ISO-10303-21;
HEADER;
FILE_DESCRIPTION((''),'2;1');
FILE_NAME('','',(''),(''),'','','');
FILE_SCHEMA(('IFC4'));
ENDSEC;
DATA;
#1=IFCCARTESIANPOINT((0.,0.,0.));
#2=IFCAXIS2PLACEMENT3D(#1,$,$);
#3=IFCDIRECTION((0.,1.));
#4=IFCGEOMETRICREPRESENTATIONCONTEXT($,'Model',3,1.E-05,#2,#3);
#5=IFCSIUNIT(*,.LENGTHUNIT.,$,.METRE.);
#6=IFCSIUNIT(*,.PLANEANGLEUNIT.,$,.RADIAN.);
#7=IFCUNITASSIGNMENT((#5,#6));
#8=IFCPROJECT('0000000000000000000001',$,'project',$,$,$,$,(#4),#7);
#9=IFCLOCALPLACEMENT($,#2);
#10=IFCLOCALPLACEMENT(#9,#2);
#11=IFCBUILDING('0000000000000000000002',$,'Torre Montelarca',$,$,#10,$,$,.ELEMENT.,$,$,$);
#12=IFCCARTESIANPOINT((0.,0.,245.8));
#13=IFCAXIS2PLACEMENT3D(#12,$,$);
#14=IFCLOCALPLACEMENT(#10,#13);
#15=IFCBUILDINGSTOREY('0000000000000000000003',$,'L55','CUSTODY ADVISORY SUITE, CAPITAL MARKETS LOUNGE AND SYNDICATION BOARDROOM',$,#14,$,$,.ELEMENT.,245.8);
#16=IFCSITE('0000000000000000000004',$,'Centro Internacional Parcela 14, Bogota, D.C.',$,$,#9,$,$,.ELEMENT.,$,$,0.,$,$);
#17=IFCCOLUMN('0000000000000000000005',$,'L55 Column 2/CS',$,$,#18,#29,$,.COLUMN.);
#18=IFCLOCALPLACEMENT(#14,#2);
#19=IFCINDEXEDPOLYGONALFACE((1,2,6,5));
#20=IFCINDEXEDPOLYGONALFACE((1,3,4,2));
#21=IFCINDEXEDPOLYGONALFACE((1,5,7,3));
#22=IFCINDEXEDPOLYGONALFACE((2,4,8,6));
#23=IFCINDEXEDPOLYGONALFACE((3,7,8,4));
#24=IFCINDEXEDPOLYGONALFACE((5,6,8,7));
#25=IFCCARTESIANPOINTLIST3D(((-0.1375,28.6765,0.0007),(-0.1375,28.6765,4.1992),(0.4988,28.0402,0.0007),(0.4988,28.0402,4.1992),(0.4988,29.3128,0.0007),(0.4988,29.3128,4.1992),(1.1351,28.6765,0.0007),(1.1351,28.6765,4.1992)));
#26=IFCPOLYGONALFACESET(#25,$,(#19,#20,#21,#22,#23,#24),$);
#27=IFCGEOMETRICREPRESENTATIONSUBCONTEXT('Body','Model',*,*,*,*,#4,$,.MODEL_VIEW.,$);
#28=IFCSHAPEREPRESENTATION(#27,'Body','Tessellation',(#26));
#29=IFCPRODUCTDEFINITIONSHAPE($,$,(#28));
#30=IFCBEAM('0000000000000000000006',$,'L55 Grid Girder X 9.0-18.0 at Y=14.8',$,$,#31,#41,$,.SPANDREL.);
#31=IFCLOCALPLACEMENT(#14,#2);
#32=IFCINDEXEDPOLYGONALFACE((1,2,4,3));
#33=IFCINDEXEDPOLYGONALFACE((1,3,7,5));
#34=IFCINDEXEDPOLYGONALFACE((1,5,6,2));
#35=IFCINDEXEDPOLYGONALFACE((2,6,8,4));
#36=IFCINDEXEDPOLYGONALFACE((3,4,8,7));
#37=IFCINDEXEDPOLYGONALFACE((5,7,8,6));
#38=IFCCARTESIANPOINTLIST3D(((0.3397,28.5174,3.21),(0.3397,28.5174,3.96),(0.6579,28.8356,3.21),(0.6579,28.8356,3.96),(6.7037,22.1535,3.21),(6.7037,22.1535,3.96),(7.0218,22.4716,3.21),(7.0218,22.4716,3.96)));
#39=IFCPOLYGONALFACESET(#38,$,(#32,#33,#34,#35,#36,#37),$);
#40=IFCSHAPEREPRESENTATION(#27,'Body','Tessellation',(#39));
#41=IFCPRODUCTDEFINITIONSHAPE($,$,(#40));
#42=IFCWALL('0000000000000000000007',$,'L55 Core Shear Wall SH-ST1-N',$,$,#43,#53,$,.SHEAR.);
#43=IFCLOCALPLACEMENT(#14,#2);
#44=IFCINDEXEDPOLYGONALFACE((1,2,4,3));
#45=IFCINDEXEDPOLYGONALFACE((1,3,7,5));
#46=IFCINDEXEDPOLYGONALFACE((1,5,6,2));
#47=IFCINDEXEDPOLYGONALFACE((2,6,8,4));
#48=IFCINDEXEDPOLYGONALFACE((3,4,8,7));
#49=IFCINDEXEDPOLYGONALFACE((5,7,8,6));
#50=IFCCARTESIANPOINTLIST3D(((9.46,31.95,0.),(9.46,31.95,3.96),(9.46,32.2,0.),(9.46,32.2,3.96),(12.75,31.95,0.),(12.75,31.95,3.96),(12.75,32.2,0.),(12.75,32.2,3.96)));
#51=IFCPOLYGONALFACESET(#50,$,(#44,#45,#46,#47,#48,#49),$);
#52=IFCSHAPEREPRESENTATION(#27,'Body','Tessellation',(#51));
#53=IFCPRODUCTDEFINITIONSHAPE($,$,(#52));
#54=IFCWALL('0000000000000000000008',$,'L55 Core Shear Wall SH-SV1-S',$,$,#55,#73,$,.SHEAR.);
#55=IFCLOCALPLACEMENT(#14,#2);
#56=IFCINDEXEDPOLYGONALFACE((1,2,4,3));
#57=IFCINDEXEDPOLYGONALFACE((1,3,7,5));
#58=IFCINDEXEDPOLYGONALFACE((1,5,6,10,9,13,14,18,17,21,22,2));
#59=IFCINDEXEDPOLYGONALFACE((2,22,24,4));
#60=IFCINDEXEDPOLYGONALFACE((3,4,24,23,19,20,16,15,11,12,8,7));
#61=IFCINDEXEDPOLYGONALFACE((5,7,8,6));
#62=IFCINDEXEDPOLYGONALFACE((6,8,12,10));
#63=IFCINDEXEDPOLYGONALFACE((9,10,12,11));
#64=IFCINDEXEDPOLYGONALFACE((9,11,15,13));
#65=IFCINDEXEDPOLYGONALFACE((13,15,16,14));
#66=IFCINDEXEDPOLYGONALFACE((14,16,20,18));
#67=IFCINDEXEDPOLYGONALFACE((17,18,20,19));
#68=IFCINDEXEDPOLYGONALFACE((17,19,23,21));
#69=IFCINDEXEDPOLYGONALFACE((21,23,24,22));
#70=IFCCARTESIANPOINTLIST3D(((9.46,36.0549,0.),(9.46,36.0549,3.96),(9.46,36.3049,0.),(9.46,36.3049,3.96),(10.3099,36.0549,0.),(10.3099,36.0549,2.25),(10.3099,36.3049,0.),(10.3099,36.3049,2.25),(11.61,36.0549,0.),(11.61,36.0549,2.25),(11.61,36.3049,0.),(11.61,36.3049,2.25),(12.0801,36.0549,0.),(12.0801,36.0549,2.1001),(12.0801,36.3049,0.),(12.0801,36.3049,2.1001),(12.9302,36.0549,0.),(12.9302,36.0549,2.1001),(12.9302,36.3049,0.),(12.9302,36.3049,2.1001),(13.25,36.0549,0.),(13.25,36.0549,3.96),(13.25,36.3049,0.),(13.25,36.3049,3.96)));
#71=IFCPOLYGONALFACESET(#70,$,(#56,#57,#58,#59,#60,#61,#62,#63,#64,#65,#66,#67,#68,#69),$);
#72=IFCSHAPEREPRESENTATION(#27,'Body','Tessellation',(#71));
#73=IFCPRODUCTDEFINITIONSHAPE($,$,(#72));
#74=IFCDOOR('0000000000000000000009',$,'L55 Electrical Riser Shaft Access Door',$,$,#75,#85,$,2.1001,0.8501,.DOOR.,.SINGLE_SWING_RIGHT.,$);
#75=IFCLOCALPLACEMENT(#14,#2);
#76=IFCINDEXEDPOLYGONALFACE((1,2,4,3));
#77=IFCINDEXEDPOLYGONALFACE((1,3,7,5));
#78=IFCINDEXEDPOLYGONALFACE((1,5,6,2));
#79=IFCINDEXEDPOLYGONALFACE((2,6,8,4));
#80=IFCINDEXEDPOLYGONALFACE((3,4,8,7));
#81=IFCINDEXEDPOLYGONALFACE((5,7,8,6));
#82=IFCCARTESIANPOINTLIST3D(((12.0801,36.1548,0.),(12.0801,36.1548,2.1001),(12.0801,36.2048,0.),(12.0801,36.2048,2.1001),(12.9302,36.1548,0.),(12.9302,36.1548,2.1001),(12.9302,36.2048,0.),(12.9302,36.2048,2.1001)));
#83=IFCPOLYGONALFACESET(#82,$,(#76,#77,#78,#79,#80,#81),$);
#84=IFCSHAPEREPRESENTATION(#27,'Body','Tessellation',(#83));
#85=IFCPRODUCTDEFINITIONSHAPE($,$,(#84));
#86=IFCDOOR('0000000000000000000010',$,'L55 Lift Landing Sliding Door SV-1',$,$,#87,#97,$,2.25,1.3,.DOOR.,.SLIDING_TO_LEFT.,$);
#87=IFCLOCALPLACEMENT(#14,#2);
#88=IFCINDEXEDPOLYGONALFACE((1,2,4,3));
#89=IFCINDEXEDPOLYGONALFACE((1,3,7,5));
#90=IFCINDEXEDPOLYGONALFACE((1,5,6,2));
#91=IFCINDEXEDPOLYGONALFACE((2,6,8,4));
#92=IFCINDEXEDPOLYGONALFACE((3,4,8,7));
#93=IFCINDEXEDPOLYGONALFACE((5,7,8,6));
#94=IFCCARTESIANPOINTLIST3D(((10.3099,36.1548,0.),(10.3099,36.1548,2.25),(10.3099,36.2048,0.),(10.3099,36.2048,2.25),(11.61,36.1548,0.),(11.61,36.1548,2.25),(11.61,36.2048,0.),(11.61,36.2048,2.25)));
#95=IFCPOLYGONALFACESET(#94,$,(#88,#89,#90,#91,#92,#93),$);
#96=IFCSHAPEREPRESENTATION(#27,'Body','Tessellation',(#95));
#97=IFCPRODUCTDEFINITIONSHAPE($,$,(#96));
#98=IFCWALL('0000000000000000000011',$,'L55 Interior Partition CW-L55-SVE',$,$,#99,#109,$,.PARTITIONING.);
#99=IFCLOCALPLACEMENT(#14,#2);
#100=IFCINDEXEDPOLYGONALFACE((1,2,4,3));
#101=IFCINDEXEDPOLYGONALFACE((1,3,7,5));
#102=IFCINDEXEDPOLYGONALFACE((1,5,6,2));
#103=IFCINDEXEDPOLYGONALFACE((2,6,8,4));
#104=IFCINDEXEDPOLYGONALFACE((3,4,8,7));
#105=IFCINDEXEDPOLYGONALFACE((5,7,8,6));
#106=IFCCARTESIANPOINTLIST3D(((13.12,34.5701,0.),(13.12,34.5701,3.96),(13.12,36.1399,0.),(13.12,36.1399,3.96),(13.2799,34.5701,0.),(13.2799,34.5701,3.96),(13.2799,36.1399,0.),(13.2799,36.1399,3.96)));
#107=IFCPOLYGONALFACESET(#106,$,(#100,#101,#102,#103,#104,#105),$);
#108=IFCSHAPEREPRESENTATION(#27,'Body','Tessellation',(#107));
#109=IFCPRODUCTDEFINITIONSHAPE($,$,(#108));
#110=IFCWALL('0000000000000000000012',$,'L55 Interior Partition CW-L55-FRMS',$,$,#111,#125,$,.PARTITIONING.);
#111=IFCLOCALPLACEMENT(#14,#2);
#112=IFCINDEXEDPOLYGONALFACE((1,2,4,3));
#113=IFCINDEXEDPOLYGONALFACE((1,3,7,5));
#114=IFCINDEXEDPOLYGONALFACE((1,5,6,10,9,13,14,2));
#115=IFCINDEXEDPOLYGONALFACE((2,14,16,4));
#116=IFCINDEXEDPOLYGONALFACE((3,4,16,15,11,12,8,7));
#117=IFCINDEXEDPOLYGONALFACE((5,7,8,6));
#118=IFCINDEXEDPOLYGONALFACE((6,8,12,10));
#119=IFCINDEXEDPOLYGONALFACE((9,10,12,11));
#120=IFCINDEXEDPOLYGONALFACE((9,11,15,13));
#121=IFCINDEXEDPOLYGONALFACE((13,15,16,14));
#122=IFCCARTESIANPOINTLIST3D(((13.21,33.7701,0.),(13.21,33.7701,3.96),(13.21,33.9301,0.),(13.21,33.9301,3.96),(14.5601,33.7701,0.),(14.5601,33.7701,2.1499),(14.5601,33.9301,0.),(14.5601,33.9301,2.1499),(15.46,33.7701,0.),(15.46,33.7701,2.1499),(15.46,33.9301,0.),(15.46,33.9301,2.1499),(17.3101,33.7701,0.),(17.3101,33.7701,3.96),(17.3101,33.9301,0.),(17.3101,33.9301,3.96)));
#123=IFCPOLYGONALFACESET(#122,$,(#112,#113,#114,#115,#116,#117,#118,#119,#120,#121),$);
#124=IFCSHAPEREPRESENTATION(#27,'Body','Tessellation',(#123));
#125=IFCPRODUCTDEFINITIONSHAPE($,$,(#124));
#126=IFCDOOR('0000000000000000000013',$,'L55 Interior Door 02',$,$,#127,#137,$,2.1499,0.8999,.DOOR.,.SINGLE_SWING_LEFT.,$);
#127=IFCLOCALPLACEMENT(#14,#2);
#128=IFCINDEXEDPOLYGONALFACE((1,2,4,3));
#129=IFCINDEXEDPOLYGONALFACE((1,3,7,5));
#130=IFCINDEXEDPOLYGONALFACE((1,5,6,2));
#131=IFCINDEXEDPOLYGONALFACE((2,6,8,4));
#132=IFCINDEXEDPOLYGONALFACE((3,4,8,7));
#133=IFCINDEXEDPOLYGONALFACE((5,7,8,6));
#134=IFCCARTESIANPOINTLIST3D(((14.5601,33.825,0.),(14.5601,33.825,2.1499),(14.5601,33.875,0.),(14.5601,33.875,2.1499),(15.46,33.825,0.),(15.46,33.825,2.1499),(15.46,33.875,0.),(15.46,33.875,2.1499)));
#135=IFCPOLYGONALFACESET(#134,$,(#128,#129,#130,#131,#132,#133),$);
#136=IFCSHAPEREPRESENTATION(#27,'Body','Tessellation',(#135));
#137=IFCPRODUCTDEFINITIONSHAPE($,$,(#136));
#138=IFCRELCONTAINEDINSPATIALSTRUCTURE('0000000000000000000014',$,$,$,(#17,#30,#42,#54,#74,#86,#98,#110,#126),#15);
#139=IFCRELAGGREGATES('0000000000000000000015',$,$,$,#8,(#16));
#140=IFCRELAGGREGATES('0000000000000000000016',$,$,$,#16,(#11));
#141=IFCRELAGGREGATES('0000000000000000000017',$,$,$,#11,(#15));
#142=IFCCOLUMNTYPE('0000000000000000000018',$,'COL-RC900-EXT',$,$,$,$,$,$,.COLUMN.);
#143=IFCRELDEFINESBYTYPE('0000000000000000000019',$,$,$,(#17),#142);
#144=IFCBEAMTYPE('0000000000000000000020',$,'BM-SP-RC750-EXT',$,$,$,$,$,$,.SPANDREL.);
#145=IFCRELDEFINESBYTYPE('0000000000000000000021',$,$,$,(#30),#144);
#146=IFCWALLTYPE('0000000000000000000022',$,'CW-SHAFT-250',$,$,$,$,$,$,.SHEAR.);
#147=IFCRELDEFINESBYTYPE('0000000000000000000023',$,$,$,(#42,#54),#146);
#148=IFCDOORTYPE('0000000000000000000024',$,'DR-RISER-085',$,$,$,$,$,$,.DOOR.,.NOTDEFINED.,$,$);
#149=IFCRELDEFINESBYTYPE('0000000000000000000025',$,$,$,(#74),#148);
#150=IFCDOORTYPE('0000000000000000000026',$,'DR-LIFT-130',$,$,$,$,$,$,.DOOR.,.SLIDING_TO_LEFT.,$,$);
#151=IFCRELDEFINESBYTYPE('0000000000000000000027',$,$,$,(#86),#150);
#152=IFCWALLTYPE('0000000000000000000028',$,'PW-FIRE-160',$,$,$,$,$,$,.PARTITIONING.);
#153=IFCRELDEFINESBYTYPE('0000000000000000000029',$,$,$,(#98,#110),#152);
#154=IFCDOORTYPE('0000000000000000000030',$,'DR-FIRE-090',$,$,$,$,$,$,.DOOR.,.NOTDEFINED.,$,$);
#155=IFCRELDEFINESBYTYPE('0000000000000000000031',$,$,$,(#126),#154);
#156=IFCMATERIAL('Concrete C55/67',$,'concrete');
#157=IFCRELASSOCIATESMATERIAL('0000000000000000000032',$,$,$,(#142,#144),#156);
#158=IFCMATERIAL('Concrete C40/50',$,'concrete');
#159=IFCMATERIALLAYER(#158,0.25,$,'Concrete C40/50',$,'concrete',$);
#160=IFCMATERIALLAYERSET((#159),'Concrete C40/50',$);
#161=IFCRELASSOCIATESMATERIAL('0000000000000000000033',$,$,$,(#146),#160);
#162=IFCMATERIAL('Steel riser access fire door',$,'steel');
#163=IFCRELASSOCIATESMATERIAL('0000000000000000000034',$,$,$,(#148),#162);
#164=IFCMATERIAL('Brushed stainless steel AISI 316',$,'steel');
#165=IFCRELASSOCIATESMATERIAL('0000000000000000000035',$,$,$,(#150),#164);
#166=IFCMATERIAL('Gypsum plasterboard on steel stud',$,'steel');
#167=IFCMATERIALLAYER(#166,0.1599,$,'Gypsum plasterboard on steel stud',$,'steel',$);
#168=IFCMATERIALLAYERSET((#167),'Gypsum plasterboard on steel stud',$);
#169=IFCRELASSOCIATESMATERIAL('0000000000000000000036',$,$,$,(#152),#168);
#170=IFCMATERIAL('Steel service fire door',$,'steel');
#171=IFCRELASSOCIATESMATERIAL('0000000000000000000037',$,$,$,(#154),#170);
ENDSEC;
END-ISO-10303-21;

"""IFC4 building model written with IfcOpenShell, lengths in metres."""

from ifc_helpers import new_model, si_unit, direction, frame, frame_2d, origin, origin_2d, place, context, subcontext, project, spatial, rectangle, extrude, source, transform, mapped, material, layer, layer_set, material_profile, profile_set, type_object, element, fill, save


model = new_model("IFC4")

# Units and contexts
model_context = context("Model", 3, precision=1e-05, world=origin(), true_north=direction((0.0, 1.0)))
body_context = subcontext(model_context, "Body", "Model", "MODEL_VIEW")
ifc_project = project(units=[si_unit("LENGTHUNIT", "METRE"), si_unit("PLANEANGLEUNIT", "RADIAN")], contexts=[model_context])

# Site, building, storey
site_placement = place(None, origin())
site = spatial("IfcSite", under=ifc_project, at=site_placement, Name="Centro Internacional Parcela 14, Bogota, D.C.", CompositionType="ELEMENT", RefElevation=0.0)
building_placement = place(site_placement, origin())
building = spatial("IfcBuilding", under=site, at=building_placement, Name="Torre Montelarca", CompositionType="ELEMENT")
storey_placement = place(building_placement, frame((0.0, 0.0, 245.8)))
storey = spatial("IfcBuildingStorey", under=building, at=storey_placement, Name="L55", Description="CUSTODY ADVISORY SUITE, CAPITAL MARKETS LOUNGE AND SYNDICATION BOARDROOM", CompositionType="ELEMENT", Elevation=245.8)

# Column
ifc_material_1 = material(Name="Concrete C55/67", Category="concrete")
ifc_material_profile_1 = material_profile(ifc_material_1, rectangle(XDim=0.8999, YDim=0.8999, at=origin_2d()), Name="RC900X900", Category="concrete")
ifc_profile_set_1 = profile_set([ifc_material_profile_1], Name="Concrete C55/67")
column_type = type_object("IfcColumnType", Name="COL-RC900-EXT", PredefinedType="COLUMN", material=ifc_profile_set_1)
shared_shape_1 = source(origin(), body_context, "Body", "SweptSolid", [
    extrude(rectangle(XDim=0.8999, YDim=0.8999, at=origin_2d()), origin(), (0.0, 0.0, 1.0), 4.1985),
])
column_placement = place(storey_placement, frame((0.4988, 28.6765, 0.0007), z_axis=(0.0, 0.0, 1.0), x_axis=(-0.707107, 0.707107, 0.0)))
element("IfcColumn", 1, at=column_placement, inside=storey, type_object=column_type, Name="L55 Column 2/CS", PredefinedType="COLUMN", context=body_context, shape_type="MappedRepresentation", body=[
    mapped(shared_shape_1, transform((0.0, 0.0, 0.0), scale=1.0)),
])

# Beam
ifc_material_profile_2 = material_profile(ifc_material_1, rectangle(XDim=0.45, YDim=0.75, at=origin_2d()), Name="RCB450X750", Category="concrete")
ifc_profile_set_2 = profile_set([ifc_material_profile_2], Name="Concrete C55/67")
beam_type = type_object("IfcBeamType", Name="BM-SP-RC750-EXT", PredefinedType="SPANDREL", material=ifc_profile_set_2)
shared_shape_2 = source(origin(), body_context, "Body", "SweptSolid", [
    extrude(rectangle(XDim=0.45, YDim=0.75, at=origin_2d()), origin(), (0.0, 0.0, 1.0), 9.0),
])
beam_placement = place(storey_placement, frame((0.4988, 28.6765, 3.585), z_axis=(0.707107, -0.707107, 0.0), x_axis=(0.707107, 0.707107, 0.0)))
element("IfcBeam", 2, at=beam_placement, inside=storey, type_object=beam_type, Name="L55 Grid Girder X 9.0-18.0 at Y=14.8", PredefinedType="SPANDREL", context=body_context, shape_type="MappedRepresentation", body=[
    mapped(shared_shape_2, transform((0.0, 0.0, 0.0), scale=1.0)),
])

# Wall
ifc_material_2 = material(Name="Concrete C40/50", Category="concrete")
ifc_layer_1 = layer(ifc_material_2, 0.25, Name="Concrete C40/50", Category="concrete")
ifc_layer_set_1 = layer_set([ifc_layer_1], Name="Concrete C40/50")
wall_type_1 = type_object("IfcWallType", Name="CW-SHAFT-250", PredefinedType="SHEAR", material=ifc_layer_set_1)
wall_1_placement = place(storey_placement, frame((9.46, 32.075, 0.0), z_axis=(0.0, 0.0, 1.0), x_axis=(1.0, 0.0, 0.0)))
element("IfcWall", 3, at=wall_1_placement, inside=storey, type_object=wall_type_1, Name="L55 Core Shear Wall SH-ST1-N", PredefinedType="SHEAR", context=body_context, shape_type="SweptSolid", body=[
    extrude(rectangle(XDim=3.29, YDim=0.25, at=frame_2d((1.645, 0.0))), origin(), (0.0, 0.0, 1.0), 3.96),
])

# Wall, openings, doors
wall_2_placement = place(storey_placement, frame((9.46, 36.1799, 0.0), z_axis=(0.0, 0.0, 1.0), x_axis=(1.0, 0.0, 0.0)))
wall_2 = element("IfcWall", 4, at=wall_2_placement, inside=storey, type_object=wall_type_1, Name="L55 Core Shear Wall SH-SV1-S", PredefinedType="SHEAR", context=body_context, shape_type="SweptSolid", body=[
    extrude(rectangle(XDim=3.79, YDim=0.25, at=frame_2d((1.895, 0.0))), origin(), (0.0, 0.0, 1.0), 3.96),
])
opening_1_placement = place(wall_2_placement, frame((2.6201, 0.0, 0.0)))
opening_1 = element("IfcOpeningElement", 5, at=opening_1_placement, cuts=wall_2, PredefinedType="OPENING", context=body_context, shape_type="SweptSolid", body=[
    extrude(rectangle(XDim=0.8501, YDim=2.1001, at=frame_2d((0.425, 1.05))), frame((0.0, 0.135, 0.0), z_axis=(0.0, -1.0, 0.0), x_axis=(1.0, 0.0, 0.0)), (0.0, 0.0, 1.0), 0.27),
])
opening_2_placement = place(wall_2_placement, frame((0.8501, 0.0, 0.0)))
opening_2 = element("IfcOpeningElement", 6, at=opening_2_placement, cuts=wall_2, PredefinedType="OPENING", context=body_context, shape_type="SweptSolid", body=[
    extrude(rectangle(XDim=1.3, YDim=2.25, at=frame_2d((0.6499, 1.125))), frame((0.0, 0.135, 0.0), z_axis=(0.0, -1.0, 0.0), x_axis=(1.0, 0.0, 0.0)), (0.0, 0.0, 1.0), 0.27),
])
ifc_material_3 = material(Name="Steel riser access fire door", Category="steel")
door_type_1 = type_object("IfcDoorType", Name="DR-RISER-085", OperationType="NOTDEFINED", PredefinedType="DOOR", material=ifc_material_3)
shared_shape_3 = source(origin(), body_context, "Body", "SweptSolid", [
    extrude(rectangle(XDim=0.8501, YDim=2.1001, at=frame_2d((0.425, 1.05))), frame((0.0, 0.0249, 0.0), z_axis=(0.0, -1.0, 0.0), x_axis=(1.0, 0.0, 0.0)), (0.0, 0.0, 1.0), 0.05),
])
door_1_placement = place(opening_1_placement, origin())
door_1 = element("IfcDoor", 7, at=door_1_placement, inside=storey, type_object=door_type_1, Name="L55 Electrical Riser Shaft Access Door", OperationType="SINGLE_SWING_RIGHT", OverallHeight=2.1001, OverallWidth=0.8501, PredefinedType="DOOR", context=body_context, shape_type="MappedRepresentation", body=[
    mapped(shared_shape_3, transform((0.0, 0.0, 0.0), scale=1.0)),
])
fill(opening_1, door_1)
ifc_material_4 = material(Name="Brushed stainless steel AISI 316", Category="steel")
door_type_2 = type_object("IfcDoorType", Name="DR-LIFT-130", OperationType="SLIDING_TO_LEFT", PredefinedType="DOOR", material=ifc_material_4)
shared_shape_4 = source(origin(), body_context, "Body", "SweptSolid", [
    extrude(rectangle(XDim=1.3, YDim=2.25, at=frame_2d((0.6499, 1.125))), frame((0.0, 0.0249, 0.0), z_axis=(0.0, -1.0, 0.0), x_axis=(1.0, 0.0, 0.0)), (0.0, 0.0, 1.0), 0.05),
])
door_2_placement = place(opening_2_placement, origin())
door_2 = element("IfcDoor", 8, at=door_2_placement, inside=storey, type_object=door_type_2, Name="L55 Lift Landing Sliding Door SV-1", OperationType="SLIDING_TO_LEFT", OverallHeight=2.25, OverallWidth=1.3, PredefinedType="DOOR", context=body_context, shape_type="MappedRepresentation", body=[
    mapped(shared_shape_4, transform((0.0, 0.0, 0.0), scale=1.0)),
])
fill(opening_2, door_2)

# Shared definitions
ifc_material_5 = material(Name="Gypsum plasterboard on steel stud", Category="steel")
ifc_layer_2 = layer(ifc_material_5, 0.1599, Name="Gypsum plasterboard on steel stud", Category="steel")
ifc_layer_set_2 = layer_set([ifc_layer_2], Name="Gypsum plasterboard on steel stud")
wall_type_2 = type_object("IfcWallType", Name="PW-FIRE-160", PredefinedType="PARTITIONING", material=ifc_layer_set_2)
ifc_material_6 = material(Name="Steel service fire door", Category="steel")
door_type_3 = type_object("IfcDoorType", Name="DR-FIRE-090", OperationType="NOTDEFINED", PredefinedType="DOOR", material=ifc_material_6)
shared_shape_5 = source(origin(), body_context, "Body", "SweptSolid", [
    extrude(rectangle(XDim=0.8999, YDim=2.1499, at=frame_2d((0.45, 1.075))), frame((0.0, 0.0249, 0.0), z_axis=(0.0, -1.0, 0.0), x_axis=(1.0, 0.0, 0.0)), (0.0, 0.0, 1.0), 0.05),
])

# Wall
wall_3_placement = place(storey_placement, frame((13.2, 34.5701, 0.0), z_axis=(0.0, 0.0, 1.0), x_axis=(0.0, 1.0, 0.0)))
element("IfcWall", 9, at=wall_3_placement, inside=storey, type_object=wall_type_2, Name="L55 Interior Partition CW-L55-SVE", PredefinedType="PARTITIONING", context=body_context, shape_type="SweptSolid", body=[
    extrude(rectangle(XDim=1.5698, YDim=0.1599, at=frame_2d((0.7849, 0.0))), origin(), (0.0, 0.0, 1.0), 3.96),
])

# Wall, opening, door
wall_4_placement = place(storey_placement, frame((13.21, 33.8501, 0.0), z_axis=(0.0, 0.0, 1.0), x_axis=(1.0, 0.0, 0.0)))
wall_4 = element("IfcWall", 10, at=wall_4_placement, inside=storey, type_object=wall_type_2, Name="L55 Interior Partition CW-L55-FRMS", PredefinedType="PARTITIONING", context=body_context, shape_type="SweptSolid", body=[
    extrude(rectangle(XDim=4.1001, YDim=0.1599, at=frame_2d((2.05, 0.0))), origin(), (0.0, 0.0, 1.0), 3.96),
])
opening_3_placement = place(wall_4_placement, frame((1.3501, 0.0, 0.0)))
opening_3 = element("IfcOpeningElement", 11, at=opening_3_placement, cuts=wall_4, PredefinedType="OPENING", context=body_context, shape_type="SweptSolid", body=[
    extrude(rectangle(XDim=0.8999, YDim=2.1499, at=frame_2d((0.45, 1.075))), frame((0.0, 0.0898, 0.0), z_axis=(0.0, -1.0, 0.0), x_axis=(1.0, 0.0, 0.0)), (0.0, 0.0, 1.0), 0.1799),
])
door_3_placement = place(opening_3_placement, origin())
door_3 = element("IfcDoor", 12, at=door_3_placement, inside=storey, type_object=door_type_3, Name="L55 Interior Door 02", OperationType="SINGLE_SWING_LEFT", OverallHeight=2.1499, OverallWidth=0.8999, PredefinedType="DOOR", context=body_context, shape_type="MappedRepresentation", body=[
    mapped(shared_shape_5, transform((0.0, 0.0, 0.0), scale=1.0)),
])
fill(opening_3, door_3)

save(model, "model.ifc")
